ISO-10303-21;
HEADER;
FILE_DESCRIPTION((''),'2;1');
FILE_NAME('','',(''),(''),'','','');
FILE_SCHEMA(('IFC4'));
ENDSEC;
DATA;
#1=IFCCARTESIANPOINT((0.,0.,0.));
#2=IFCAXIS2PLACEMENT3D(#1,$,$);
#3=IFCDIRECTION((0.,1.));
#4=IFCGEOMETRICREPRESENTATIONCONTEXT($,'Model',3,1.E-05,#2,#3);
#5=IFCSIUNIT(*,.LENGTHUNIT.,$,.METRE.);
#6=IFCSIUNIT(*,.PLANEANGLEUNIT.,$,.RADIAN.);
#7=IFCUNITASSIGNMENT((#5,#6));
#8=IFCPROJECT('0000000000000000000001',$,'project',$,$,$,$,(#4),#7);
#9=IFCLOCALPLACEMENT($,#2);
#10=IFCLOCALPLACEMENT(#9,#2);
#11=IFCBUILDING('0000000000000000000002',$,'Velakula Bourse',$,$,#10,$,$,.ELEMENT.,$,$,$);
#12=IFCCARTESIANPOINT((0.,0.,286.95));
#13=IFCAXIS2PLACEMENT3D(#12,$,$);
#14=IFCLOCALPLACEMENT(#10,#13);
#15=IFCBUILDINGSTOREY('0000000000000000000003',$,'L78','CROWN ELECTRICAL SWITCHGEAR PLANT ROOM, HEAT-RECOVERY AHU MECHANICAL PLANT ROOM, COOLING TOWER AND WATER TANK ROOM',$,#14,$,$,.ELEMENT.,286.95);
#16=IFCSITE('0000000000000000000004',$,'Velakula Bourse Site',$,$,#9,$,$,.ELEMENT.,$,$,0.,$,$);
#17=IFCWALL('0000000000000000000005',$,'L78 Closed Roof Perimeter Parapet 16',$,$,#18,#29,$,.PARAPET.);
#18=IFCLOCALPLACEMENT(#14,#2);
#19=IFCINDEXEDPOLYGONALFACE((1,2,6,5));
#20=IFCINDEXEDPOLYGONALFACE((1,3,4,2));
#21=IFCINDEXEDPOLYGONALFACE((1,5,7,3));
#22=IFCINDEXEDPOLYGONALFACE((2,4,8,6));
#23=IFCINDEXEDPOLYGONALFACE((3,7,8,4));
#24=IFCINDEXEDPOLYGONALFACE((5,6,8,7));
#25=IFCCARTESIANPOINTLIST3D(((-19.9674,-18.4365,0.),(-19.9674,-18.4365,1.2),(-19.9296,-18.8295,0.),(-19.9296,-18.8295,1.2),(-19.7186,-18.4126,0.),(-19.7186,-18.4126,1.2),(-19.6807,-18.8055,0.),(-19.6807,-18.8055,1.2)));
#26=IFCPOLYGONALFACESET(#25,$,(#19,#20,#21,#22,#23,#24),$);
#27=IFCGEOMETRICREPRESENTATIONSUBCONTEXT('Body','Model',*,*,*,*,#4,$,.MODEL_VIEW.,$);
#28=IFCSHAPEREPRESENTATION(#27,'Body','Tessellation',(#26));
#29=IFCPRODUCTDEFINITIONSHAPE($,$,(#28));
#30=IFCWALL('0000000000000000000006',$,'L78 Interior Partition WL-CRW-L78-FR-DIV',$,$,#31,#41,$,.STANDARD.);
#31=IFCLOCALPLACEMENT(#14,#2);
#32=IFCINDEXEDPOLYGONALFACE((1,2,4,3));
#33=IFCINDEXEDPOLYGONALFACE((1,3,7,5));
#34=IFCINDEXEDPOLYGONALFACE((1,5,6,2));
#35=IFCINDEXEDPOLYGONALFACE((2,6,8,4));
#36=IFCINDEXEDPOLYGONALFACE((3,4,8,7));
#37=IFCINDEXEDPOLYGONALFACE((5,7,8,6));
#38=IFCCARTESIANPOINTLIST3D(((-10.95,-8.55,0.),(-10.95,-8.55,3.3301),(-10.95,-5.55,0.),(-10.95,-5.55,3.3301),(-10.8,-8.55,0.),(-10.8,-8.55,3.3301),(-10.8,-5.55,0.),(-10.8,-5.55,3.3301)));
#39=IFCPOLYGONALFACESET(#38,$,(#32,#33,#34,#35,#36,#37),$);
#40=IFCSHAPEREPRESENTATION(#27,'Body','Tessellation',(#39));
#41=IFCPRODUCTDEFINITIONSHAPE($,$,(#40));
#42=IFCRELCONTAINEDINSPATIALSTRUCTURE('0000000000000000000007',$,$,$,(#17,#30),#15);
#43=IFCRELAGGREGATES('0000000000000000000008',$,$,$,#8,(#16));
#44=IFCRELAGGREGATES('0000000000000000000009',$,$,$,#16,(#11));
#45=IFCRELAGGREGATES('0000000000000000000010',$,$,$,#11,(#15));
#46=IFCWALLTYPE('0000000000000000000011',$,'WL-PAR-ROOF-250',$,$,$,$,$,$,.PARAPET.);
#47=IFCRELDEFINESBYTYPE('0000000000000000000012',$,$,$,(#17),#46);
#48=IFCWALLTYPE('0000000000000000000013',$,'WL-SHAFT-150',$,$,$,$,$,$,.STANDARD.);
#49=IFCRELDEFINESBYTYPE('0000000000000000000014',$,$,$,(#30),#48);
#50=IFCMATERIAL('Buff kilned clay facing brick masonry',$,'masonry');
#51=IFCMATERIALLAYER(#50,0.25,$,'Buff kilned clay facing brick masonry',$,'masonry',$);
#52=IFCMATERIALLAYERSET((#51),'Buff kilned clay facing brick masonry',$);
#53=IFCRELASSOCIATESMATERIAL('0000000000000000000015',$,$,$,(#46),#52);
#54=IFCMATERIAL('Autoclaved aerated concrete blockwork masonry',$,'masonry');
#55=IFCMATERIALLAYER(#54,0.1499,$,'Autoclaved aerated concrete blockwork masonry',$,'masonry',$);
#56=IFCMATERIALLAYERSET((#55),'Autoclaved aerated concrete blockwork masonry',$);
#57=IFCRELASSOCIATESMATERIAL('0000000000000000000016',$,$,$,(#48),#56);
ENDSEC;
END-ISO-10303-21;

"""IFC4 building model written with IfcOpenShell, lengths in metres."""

from ifc_helpers import new_model, si_unit, direction, frame, frame_2d, origin, place, context, subcontext, project, spatial, rectangle, extrude, material, layer, layer_set, type_object, element, save


model = new_model("IFC4")

# Units and contexts
model_context = context("Model", 3, precision=1e-05, world=origin(), true_north=direction((0.0, 1.0)))
body_context = subcontext(model_context, "Body", "Model", "MODEL_VIEW")
ifc_project = project(units=[si_unit("LENGTHUNIT", "METRE"), si_unit("PLANEANGLEUNIT", "RADIAN")], contexts=[model_context])

# Site, building, storey
site_placement = place(None, origin())
site = spatial("IfcSite", under=ifc_project, at=site_placement, Name="Velakula Bourse Site", CompositionType="ELEMENT", RefElevation=0.0)
building_placement = place(site_placement, origin())
building = spatial("IfcBuilding", under=site, at=building_placement, Name="Velakula Bourse", CompositionType="ELEMENT")
storey_placement = place(building_placement, frame((0.0, 0.0, 286.95)))
storey = spatial("IfcBuildingStorey", under=building, at=storey_placement, Name="L78", Description="CROWN ELECTRICAL SWITCHGEAR PLANT ROOM, HEAT-RECOVERY AHU MECHANICAL PLANT ROOM, COOLING TOWER AND WATER TANK ROOM", CompositionType="ELEMENT", Elevation=286.95)

# Wall
ifc_material_1 = material(Name="Buff kilned clay facing brick masonry", Category="masonry")
ifc_layer_1 = layer(ifc_material_1, 0.25, Name="Buff kilned clay facing brick masonry", Category="masonry")
ifc_layer_set_1 = layer_set([ifc_layer_1], Name="Buff kilned clay facing brick masonry")
wall_type_1 = type_object("IfcWallType", Name="WL-PAR-ROOF-250", PredefinedType="PARAPET", material=ifc_layer_set_1)
wall_1_placement = place(storey_placement, frame((-19.8052, -18.8174, 0.0), z_axis=(0.0, 0.0, 1.0), x_axis=(-0.09583, 0.995398, 0.0)))
element("IfcWall", 1, at=wall_1_placement, inside=storey, type_object=wall_type_1, Name="L78 Closed Roof Perimeter Parapet 16", PredefinedType="PARAPET", context=body_context, shape_type="SweptSolid", body=[
    extrude(rectangle(XDim=0.3948, YDim=0.25, at=frame_2d((0.1973, 0.0))), origin(), (0.0, 0.0, 1.0), 1.2),
])

# Shared definitions
ifc_material_2 = material(Name="Autoclaved aerated concrete blockwork masonry", Category="masonry")
ifc_layer_2 = layer(ifc_material_2, 0.1499, Name="Autoclaved aerated concrete blockwork masonry", Category="masonry")
ifc_layer_set_2 = layer_set([ifc_layer_2], Name="Autoclaved aerated concrete blockwork masonry")
wall_type_2 = type_object("IfcWallType", Name="WL-SHAFT-150", PredefinedType="STANDARD", material=ifc_layer_set_2)

# Wall
wall_2_placement = place(storey_placement, frame((-10.875, -8.55, 0.0), z_axis=(0.0, 0.0, 1.0), x_axis=(0.0, 1.0, 0.0)))
element("IfcWall", 2, at=wall_2_placement, inside=storey, type_object=wall_type_2, Name="L78 Interior Partition WL-CRW-L78-FR-DIV", PredefinedType="STANDARD", context=body_context, shape_type="SweptSolid", body=[
    extrude(rectangle(XDim=3.0, YDim=0.1499, at=frame_2d((1.5, 0.0))), origin(), (0.0, 0.0, 1.0), 3.3301),
])

save(model, "model.ifc")
